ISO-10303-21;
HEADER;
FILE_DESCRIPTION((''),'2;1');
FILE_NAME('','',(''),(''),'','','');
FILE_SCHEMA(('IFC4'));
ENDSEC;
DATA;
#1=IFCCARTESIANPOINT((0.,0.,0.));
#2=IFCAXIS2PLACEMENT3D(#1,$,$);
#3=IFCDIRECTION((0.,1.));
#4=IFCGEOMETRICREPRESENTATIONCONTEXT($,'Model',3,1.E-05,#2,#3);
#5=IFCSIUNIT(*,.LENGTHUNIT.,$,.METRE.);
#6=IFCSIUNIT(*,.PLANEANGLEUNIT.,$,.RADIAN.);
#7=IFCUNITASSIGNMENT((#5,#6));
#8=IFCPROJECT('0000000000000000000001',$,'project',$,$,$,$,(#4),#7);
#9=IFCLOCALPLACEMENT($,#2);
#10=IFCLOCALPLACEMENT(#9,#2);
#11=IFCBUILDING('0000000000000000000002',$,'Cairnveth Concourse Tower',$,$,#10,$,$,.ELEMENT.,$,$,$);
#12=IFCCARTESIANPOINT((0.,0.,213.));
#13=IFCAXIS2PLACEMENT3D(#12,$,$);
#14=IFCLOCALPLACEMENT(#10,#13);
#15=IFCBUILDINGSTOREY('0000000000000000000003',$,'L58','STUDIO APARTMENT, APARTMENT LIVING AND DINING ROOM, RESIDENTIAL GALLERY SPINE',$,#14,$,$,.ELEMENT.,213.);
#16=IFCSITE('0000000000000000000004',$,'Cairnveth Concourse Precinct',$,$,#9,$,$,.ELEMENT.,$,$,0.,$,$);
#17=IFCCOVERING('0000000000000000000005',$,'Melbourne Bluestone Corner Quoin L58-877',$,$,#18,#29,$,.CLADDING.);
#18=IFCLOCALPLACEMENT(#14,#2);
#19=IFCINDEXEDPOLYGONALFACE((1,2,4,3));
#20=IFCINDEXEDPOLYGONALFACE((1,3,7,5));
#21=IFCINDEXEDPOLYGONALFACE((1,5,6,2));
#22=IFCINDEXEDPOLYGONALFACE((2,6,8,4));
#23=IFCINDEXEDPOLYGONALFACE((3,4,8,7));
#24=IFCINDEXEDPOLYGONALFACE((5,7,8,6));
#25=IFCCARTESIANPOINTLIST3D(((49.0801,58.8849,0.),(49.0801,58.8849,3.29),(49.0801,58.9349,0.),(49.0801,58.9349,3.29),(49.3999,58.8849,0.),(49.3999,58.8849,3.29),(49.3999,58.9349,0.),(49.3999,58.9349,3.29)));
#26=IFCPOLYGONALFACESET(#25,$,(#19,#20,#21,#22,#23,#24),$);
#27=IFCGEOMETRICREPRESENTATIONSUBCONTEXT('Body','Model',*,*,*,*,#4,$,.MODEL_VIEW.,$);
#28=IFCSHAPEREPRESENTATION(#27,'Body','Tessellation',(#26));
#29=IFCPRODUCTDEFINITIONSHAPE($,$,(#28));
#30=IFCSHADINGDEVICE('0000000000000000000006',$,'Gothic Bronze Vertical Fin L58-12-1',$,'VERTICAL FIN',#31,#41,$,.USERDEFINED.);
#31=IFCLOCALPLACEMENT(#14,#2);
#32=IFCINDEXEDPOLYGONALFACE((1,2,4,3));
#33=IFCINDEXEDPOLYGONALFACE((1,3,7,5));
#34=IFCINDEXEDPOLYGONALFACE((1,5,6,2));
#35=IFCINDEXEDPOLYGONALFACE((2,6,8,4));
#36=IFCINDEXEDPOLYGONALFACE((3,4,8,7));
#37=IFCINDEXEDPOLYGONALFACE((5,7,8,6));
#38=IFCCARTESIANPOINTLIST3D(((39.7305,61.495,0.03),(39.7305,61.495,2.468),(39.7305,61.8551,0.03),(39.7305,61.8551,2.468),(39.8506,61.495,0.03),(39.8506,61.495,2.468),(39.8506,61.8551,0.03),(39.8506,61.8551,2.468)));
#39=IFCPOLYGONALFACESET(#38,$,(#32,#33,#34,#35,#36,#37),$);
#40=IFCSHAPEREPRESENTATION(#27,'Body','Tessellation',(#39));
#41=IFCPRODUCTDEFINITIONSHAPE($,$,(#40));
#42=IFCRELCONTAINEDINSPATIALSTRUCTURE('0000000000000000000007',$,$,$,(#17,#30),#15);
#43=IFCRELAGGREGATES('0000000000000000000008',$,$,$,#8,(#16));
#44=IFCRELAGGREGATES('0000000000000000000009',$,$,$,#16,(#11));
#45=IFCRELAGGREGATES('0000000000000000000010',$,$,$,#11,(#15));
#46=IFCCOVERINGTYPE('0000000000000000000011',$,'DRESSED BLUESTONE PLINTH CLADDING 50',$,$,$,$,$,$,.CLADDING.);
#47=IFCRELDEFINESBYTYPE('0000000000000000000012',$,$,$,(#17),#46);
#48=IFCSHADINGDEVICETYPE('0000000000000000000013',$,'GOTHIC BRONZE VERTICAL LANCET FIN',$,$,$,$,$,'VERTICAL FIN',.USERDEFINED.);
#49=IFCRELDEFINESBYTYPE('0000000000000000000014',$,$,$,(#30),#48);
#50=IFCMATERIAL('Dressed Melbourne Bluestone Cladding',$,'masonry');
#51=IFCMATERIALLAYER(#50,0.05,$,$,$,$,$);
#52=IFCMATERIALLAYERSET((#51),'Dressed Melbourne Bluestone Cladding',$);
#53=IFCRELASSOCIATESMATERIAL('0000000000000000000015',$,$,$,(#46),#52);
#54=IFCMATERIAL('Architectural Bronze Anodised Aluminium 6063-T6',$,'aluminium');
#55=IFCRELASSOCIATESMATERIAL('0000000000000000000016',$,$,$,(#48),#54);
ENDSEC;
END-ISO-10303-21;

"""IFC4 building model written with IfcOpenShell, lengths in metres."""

from ifc_helpers import new_model, si_unit, direction, frame, frame_2d, origin, origin_2d, place, context, subcontext, project, spatial, rectangle, extrude, material, layer, layer_set, type_object, element, save


model = new_model("IFC4")

# Units and contexts
model_context = context("Model", 3, precision=1e-05, world=origin(), true_north=direction((0.0, 1.0)))
body_context = subcontext(model_context, "Body", "Model", "MODEL_VIEW")
ifc_project = project(units=[si_unit("LENGTHUNIT", "METRE"), si_unit("PLANEANGLEUNIT", "RADIAN")], contexts=[model_context])

# Site, building, storey
site_placement = place(None, origin())
site = spatial("IfcSite", under=ifc_project, at=site_placement, Name="Cairnveth Concourse Precinct", CompositionType="ELEMENT", RefElevation=0.0)
building_placement = place(site_placement, origin())
building = spatial("IfcBuilding", under=site, at=building_placement, Name="Cairnveth Concourse Tower", CompositionType="ELEMENT")
storey_placement = place(building_placement, frame((0.0, 0.0, 213.0)))
storey = spatial("IfcBuildingStorey", under=building, at=storey_placement, Name="L58", Description="STUDIO APARTMENT, APARTMENT LIVING AND DINING ROOM, RESIDENTIAL GALLERY SPINE", CompositionType="ELEMENT", Elevation=213.0)

# Covering
ifc_material_1 = material(Name="Dressed Melbourne Bluestone Cladding", Category="masonry")
ifc_layer_1 = layer(ifc_material_1, 0.05)
ifc_layer_set_1 = layer_set([ifc_layer_1], Name="Dressed Melbourne Bluestone Cladding")
covering_type = type_object("IfcCoveringType", Name="DRESSED BLUESTONE PLINTH CLADDING 50", PredefinedType="CLADDING", material=ifc_layer_set_1)
for number, where, z_axis, x_axis, name in (
    (1, (49.0801, 58.9099, 0.0), (0.0, 0.0, 1.0), (1.0, 0.0, 0.0), "Melbourne Bluestone Corner Quoin L58-877"),
):
    element("IfcCovering", number, at=place(storey_placement, frame(where, z_axis=z_axis, x_axis=x_axis)), inside=storey, type_object=covering_type, Name=name, PredefinedType="CLADDING", context=body_context, shape_type="SweptSolid", body=[
        extrude(rectangle(XDim=0.3198, YDim=0.05, at=frame_2d((0.1599, 0.0))), origin(), (0.0, 0.0, 1.0), 3.29),
    ])

# Shading device
ifc_material_2 = material(Name="Architectural Bronze Anodised Aluminium 6063-T6", Category="aluminium")
shading_device_type = type_object("IfcShadingDeviceType", Name="GOTHIC BRONZE VERTICAL LANCET FIN", ElementType="VERTICAL FIN", PredefinedType="USERDEFINED", material=ifc_material_2)
shading_device_placement = place(storey_placement, frame((39.7905, 61.675, 0.03), z_axis=(0.0, 0.0, 1.0), x_axis=(1.0, 0.0, 0.0)))
element("IfcShadingDevice", 2, at=shading_device_placement, inside=storey, type_object=shading_device_type, Name="Gothic Bronze Vertical Fin L58-12-1", ObjectType="VERTICAL FIN", PredefinedType="USERDEFINED", context=body_context, shape_type="SweptSolid", body=[
    extrude(rectangle(XDim=0.1201, YDim=0.3601, at=origin_2d()), origin(), (0.0, 0.0, 1.0), 2.438),
])

save(model, "model.ifc")
